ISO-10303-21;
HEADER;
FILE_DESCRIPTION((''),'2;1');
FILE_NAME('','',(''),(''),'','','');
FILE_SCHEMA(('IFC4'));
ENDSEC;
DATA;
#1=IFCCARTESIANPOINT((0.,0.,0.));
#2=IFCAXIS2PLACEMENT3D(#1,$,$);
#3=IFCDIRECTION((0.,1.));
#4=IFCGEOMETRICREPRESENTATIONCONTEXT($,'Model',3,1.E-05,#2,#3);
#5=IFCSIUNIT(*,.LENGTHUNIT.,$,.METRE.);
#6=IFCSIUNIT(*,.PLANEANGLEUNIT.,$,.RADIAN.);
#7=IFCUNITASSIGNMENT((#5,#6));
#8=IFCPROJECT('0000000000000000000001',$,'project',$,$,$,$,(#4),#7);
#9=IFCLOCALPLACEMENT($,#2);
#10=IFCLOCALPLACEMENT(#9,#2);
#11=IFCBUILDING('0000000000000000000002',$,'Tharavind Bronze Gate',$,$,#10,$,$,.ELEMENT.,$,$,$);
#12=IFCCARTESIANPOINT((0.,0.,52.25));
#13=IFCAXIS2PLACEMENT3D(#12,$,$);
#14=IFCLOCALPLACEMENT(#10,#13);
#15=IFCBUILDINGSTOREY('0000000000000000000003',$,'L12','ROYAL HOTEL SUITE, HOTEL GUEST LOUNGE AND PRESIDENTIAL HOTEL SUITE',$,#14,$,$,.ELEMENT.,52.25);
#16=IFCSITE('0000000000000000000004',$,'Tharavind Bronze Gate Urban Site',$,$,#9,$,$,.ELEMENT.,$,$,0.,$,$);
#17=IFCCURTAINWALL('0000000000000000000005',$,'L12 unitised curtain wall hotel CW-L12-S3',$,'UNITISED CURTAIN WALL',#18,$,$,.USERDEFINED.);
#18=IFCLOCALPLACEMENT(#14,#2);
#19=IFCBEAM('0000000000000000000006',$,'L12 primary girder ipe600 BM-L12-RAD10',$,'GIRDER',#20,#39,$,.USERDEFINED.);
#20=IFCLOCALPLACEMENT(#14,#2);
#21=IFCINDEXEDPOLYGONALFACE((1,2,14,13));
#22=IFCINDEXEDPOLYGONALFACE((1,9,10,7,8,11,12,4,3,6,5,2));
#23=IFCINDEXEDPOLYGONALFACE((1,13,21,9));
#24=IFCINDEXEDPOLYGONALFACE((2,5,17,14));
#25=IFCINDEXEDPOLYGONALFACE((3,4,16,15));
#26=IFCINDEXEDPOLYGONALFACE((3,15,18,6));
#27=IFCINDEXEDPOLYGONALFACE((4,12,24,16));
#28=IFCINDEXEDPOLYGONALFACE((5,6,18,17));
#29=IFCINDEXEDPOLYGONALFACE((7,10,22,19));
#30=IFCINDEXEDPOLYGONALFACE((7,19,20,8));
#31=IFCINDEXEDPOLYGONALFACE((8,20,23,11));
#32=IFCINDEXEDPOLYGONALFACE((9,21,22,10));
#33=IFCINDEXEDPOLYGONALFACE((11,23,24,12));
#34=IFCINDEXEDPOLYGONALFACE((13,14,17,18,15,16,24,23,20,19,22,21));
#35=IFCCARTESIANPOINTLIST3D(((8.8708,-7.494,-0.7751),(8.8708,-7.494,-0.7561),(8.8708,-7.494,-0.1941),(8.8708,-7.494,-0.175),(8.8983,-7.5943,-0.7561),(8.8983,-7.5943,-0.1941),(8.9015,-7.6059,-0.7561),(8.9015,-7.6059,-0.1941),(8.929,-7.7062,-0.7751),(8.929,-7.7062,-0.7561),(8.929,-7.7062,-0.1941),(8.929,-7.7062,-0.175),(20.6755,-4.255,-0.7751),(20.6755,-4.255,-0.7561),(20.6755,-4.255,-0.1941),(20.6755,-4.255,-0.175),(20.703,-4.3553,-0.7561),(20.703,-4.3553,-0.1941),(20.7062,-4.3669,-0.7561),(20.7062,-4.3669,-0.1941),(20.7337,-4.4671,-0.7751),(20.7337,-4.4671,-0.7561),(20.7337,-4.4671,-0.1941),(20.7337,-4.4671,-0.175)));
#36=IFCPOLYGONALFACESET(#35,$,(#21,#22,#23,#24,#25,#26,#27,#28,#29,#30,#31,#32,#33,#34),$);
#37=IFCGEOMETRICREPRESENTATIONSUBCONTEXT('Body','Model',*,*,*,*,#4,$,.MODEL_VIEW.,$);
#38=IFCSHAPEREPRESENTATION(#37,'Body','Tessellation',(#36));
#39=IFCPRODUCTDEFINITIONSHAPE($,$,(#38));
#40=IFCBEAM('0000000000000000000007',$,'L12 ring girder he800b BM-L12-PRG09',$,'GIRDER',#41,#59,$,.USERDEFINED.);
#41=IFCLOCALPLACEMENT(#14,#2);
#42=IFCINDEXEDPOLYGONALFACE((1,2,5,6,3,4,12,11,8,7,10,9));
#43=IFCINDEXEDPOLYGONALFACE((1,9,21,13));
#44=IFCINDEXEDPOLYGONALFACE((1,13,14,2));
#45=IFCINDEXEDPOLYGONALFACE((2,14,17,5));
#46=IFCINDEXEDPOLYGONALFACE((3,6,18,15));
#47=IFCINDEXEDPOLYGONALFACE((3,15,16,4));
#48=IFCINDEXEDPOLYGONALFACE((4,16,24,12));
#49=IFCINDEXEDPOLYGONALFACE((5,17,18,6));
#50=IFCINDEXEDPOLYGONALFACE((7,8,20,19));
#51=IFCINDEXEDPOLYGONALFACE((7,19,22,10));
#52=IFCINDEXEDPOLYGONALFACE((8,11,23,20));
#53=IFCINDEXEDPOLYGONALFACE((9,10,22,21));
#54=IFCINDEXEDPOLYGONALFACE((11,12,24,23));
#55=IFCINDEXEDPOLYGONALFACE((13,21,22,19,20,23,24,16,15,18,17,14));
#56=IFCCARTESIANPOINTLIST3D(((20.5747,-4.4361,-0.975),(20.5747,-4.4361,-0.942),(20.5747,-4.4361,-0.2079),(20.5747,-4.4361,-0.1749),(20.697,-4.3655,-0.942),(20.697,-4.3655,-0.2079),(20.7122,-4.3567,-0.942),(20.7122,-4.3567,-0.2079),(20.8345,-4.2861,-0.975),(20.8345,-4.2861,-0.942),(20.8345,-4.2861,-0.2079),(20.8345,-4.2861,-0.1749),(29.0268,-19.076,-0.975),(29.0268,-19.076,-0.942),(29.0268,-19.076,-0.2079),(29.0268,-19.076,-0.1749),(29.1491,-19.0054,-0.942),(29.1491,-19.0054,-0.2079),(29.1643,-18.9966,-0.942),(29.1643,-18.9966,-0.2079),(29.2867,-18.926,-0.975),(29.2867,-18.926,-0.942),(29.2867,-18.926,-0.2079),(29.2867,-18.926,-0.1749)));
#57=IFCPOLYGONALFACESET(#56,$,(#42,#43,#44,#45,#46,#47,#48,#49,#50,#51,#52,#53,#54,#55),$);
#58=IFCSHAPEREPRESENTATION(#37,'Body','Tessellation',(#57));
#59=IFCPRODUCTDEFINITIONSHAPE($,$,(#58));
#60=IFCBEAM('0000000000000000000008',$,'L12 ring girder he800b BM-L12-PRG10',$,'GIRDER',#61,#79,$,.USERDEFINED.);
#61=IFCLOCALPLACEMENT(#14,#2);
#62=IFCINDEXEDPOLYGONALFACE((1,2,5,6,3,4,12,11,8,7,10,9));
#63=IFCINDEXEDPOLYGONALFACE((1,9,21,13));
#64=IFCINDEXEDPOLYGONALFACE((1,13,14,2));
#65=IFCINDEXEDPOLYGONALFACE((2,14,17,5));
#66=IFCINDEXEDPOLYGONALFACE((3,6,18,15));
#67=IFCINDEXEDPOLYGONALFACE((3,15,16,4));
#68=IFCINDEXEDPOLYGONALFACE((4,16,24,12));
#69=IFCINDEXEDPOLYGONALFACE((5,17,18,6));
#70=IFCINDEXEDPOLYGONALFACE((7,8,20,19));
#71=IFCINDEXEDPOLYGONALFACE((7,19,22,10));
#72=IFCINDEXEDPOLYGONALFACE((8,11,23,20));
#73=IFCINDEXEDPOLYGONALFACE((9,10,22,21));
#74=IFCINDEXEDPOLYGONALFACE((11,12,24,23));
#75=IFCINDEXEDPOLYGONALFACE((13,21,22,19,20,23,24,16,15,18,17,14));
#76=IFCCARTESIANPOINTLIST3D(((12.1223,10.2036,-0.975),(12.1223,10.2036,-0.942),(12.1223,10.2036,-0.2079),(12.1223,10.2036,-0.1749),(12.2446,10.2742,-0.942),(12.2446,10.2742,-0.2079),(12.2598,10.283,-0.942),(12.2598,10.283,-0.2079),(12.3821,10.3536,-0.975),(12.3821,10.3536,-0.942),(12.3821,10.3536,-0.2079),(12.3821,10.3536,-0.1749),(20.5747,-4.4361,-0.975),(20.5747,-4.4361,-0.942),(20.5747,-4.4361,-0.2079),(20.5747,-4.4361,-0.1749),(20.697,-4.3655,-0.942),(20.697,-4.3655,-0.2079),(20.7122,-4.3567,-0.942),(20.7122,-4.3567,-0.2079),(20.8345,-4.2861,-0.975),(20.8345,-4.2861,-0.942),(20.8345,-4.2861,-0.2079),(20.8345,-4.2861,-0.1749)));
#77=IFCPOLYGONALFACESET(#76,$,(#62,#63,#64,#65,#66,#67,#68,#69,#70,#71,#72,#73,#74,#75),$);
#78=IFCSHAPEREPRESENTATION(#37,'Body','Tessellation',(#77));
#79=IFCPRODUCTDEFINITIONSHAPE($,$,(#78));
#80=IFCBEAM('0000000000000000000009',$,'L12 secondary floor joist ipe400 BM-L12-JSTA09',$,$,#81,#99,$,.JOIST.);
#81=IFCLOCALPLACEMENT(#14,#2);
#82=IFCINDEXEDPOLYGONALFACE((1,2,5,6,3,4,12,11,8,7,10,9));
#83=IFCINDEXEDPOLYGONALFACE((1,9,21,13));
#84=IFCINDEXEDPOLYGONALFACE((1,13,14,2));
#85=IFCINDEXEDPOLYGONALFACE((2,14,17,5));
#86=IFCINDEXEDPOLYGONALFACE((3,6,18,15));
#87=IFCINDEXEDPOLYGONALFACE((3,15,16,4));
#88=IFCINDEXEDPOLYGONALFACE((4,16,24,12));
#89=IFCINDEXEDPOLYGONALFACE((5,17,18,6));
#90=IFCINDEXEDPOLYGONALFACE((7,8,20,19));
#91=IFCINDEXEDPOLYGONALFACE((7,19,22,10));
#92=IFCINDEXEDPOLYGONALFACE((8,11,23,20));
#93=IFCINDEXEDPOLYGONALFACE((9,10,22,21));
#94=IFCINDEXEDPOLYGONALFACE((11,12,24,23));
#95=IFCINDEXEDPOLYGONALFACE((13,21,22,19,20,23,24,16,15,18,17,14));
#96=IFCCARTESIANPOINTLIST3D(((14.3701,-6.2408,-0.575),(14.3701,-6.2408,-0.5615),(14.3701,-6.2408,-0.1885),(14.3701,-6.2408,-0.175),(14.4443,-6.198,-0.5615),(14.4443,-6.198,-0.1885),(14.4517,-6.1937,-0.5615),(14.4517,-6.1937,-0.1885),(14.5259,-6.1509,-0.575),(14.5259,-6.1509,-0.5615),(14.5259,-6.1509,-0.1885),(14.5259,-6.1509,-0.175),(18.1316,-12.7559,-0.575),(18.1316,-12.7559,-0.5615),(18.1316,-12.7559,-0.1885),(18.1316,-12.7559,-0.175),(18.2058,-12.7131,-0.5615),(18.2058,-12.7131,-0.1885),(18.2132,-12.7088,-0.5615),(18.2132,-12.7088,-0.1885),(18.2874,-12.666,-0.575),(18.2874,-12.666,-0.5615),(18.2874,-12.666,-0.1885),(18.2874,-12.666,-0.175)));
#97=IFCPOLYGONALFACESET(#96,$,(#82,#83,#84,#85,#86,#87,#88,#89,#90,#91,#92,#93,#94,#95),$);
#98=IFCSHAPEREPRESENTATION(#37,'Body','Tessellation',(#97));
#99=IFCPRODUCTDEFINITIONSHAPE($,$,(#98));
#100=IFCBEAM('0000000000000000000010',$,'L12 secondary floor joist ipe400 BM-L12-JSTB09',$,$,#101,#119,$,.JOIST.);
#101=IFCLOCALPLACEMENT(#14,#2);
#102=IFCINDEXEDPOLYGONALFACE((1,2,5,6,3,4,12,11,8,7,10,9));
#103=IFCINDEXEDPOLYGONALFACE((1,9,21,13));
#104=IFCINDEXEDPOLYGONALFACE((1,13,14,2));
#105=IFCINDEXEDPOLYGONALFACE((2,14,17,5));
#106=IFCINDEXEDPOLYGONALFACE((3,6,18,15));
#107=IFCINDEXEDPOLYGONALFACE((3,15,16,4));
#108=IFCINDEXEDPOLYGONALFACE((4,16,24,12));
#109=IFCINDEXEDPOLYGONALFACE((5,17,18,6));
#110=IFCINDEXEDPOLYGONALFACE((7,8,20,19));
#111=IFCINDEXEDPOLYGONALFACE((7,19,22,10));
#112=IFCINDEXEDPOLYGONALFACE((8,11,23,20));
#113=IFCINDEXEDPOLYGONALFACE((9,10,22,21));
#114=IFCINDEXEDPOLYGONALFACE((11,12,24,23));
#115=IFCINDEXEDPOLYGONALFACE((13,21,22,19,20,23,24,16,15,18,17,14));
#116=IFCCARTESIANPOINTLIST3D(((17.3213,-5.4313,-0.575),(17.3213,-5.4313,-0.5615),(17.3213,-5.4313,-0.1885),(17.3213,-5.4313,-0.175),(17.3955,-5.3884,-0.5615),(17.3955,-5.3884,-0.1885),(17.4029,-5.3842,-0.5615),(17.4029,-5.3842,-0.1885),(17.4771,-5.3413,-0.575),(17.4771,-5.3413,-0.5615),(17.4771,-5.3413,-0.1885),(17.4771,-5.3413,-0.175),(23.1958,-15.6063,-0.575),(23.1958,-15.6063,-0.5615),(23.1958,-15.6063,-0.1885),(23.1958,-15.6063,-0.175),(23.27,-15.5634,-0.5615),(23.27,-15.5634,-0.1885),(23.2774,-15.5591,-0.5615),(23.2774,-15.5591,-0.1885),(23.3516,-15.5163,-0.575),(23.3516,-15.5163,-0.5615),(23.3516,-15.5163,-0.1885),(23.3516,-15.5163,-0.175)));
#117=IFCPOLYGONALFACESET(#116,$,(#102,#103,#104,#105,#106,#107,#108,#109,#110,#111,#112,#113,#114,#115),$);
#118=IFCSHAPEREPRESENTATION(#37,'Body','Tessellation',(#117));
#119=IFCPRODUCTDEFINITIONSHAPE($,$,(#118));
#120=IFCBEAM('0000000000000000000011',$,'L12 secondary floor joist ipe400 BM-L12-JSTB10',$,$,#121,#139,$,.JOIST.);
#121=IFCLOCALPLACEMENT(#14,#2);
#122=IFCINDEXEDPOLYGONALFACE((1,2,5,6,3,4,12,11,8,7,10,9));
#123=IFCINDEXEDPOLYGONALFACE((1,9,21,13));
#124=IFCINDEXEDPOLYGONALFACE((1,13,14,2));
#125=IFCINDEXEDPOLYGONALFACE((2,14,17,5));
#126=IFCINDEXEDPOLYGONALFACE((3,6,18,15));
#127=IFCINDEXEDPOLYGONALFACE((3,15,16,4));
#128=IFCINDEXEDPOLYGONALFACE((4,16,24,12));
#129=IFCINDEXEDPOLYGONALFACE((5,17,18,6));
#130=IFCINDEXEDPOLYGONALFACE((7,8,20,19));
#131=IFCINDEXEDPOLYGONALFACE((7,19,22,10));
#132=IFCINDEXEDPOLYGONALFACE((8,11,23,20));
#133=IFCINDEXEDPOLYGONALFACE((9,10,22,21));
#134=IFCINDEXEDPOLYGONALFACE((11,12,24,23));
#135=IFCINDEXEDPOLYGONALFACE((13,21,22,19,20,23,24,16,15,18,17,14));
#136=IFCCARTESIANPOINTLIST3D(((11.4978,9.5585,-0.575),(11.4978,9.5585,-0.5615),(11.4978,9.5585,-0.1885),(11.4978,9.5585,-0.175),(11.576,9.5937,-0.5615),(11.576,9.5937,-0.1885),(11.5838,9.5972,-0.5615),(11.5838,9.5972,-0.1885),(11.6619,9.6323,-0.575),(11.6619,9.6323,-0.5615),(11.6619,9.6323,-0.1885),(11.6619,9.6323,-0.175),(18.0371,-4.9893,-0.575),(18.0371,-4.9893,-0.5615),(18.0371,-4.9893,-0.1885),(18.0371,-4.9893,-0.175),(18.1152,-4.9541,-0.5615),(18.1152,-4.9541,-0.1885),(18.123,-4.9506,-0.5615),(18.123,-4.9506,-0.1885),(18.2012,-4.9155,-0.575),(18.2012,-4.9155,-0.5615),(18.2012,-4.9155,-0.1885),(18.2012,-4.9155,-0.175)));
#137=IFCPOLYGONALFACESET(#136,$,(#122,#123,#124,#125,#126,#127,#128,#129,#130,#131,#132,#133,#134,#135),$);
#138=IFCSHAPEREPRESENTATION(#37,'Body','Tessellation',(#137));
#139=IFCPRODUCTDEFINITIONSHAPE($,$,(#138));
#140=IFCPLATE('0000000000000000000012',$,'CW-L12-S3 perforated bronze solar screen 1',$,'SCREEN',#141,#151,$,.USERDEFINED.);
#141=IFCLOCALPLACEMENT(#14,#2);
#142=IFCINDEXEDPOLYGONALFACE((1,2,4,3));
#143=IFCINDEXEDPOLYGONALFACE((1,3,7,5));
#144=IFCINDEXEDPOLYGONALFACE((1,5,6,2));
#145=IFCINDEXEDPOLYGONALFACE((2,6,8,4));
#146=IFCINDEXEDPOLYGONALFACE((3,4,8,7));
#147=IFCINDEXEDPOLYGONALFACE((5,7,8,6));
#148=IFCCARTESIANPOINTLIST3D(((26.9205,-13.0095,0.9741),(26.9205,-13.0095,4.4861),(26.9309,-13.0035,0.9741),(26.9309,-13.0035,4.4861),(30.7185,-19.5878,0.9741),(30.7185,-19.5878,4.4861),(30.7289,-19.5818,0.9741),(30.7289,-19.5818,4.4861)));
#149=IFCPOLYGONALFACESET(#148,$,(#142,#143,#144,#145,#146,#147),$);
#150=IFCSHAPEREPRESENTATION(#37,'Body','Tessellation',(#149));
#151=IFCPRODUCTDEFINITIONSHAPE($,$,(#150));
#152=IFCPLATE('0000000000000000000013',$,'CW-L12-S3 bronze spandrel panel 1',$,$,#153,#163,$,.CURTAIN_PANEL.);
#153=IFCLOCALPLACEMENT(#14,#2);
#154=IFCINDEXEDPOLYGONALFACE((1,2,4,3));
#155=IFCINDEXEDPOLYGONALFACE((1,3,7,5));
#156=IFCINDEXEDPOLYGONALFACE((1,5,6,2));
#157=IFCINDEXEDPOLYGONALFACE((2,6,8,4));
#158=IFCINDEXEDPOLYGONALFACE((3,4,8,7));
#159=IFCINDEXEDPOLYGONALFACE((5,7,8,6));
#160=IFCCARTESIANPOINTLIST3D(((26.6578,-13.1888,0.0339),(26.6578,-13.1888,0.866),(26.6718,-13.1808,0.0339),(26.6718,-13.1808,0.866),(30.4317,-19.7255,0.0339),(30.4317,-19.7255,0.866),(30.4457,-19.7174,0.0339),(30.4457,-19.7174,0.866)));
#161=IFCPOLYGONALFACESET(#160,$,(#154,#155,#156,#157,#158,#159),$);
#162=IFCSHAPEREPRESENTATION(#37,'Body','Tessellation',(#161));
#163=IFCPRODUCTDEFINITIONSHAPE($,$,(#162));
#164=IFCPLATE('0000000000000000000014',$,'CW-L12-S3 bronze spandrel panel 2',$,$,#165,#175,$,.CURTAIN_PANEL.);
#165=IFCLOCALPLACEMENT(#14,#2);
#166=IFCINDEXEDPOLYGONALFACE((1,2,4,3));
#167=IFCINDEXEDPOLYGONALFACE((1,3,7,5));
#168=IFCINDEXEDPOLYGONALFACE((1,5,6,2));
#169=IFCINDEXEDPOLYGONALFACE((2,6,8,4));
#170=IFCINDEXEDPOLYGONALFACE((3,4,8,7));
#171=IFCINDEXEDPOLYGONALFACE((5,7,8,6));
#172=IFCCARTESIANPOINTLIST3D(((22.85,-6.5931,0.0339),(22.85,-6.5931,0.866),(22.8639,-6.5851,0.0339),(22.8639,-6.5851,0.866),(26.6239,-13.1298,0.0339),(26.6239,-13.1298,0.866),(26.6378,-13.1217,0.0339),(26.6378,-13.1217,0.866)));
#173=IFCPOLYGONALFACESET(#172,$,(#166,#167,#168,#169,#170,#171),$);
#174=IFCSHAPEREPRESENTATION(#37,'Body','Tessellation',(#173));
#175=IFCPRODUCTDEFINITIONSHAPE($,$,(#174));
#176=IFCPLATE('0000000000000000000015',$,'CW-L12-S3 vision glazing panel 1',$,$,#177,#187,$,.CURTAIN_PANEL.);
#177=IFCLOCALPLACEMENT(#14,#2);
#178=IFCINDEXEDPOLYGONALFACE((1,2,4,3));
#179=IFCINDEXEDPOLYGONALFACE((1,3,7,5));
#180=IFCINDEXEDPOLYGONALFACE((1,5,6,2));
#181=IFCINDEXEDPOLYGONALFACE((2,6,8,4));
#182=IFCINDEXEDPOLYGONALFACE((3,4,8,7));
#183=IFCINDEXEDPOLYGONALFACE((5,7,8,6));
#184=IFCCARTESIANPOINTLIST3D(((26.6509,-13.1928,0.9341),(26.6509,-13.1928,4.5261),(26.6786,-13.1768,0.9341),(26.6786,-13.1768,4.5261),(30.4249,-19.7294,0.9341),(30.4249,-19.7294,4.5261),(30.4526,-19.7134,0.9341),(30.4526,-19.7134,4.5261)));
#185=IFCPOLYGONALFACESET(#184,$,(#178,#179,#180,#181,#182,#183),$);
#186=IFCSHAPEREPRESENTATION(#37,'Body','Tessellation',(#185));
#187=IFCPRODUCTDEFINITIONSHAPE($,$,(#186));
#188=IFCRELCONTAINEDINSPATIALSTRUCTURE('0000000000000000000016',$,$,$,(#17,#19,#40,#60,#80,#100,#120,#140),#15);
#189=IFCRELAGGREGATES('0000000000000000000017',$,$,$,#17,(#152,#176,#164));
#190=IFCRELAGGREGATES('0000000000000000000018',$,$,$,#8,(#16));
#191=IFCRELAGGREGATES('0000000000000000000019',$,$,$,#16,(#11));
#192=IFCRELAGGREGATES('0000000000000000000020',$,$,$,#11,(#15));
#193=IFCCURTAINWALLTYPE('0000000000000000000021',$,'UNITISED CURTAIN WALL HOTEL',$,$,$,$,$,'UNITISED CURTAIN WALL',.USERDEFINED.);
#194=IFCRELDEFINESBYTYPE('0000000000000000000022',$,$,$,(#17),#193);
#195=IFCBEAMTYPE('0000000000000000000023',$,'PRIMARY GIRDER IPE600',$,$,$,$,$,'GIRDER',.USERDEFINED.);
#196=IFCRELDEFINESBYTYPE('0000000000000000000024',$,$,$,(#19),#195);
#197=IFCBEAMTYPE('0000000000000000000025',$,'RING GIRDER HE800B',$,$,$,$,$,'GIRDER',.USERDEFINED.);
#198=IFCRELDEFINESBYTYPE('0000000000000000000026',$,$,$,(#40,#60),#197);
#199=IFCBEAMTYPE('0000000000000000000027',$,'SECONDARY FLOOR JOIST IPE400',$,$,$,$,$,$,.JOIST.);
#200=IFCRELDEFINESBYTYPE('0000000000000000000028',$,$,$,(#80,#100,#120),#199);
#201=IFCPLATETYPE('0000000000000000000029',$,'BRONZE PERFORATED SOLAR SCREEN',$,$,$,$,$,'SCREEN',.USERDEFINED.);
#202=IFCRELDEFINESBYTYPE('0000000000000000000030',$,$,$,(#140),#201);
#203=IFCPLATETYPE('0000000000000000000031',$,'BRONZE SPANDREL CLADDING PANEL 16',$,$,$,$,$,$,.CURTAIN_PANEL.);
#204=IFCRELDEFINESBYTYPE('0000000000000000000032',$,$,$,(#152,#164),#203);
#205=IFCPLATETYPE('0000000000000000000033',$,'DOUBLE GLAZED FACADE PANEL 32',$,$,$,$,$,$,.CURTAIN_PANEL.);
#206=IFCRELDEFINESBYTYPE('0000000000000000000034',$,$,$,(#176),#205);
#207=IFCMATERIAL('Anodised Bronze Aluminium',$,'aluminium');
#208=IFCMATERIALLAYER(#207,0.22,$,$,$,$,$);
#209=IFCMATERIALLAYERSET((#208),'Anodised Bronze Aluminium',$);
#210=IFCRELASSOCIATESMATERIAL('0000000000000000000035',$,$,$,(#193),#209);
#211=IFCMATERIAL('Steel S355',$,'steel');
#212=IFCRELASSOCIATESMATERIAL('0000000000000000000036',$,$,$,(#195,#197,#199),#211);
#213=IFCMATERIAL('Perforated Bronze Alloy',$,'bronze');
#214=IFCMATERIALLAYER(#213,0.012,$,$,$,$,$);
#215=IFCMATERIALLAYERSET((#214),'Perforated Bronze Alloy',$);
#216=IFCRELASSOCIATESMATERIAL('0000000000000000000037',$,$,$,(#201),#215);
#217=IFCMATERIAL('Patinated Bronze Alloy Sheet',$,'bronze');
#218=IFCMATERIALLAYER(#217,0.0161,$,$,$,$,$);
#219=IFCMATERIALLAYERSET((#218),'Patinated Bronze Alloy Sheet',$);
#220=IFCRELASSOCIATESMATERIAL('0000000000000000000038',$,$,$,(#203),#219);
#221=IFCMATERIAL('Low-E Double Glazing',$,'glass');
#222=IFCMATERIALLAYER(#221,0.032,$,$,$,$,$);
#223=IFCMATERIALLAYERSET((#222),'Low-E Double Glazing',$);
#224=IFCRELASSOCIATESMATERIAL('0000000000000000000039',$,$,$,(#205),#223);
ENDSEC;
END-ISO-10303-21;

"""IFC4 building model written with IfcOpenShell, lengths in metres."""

from ifc_helpers import new_model, si_unit, direction, frame, origin, origin_2d, place, context, subcontext, project, spatial, rectangle, i_section, extrude, material, layer, layer_set, material_profile, profile_set, type_object, element, aggregate, save


model = new_model("IFC4")

# Units and contexts
model_context = context("Model", 3, precision=1e-05, world=origin(), true_north=direction((0.0, 1.0)))
body_context = subcontext(model_context, "Body", "Model", "MODEL_VIEW")
ifc_project = project(units=[si_unit("LENGTHUNIT", "METRE"), si_unit("PLANEANGLEUNIT", "RADIAN")], contexts=[model_context])

# Site, building, storey
site_placement = place(None, origin())
site = spatial("IfcSite", under=ifc_project, at=site_placement, Name="Tharavind Bronze Gate Urban Site", CompositionType="ELEMENT", RefElevation=0.0)
building_placement = place(site_placement, origin())
building = spatial("IfcBuilding", under=site, at=building_placement, Name="Tharavind Bronze Gate", CompositionType="ELEMENT")
storey_placement = place(building_placement, frame((0.0, 0.0, 52.25)))
storey = spatial("IfcBuildingStorey", under=building, at=storey_placement, Name="L12", Description="ROYAL HOTEL SUITE, HOTEL GUEST LOUNGE AND PRESIDENTIAL HOTEL SUITE", CompositionType="ELEMENT", Elevation=52.25)

# Curtain wall
ifc_material_1 = material(Name="Anodised Bronze Aluminium", Category="aluminium")
ifc_layer_1 = layer(ifc_material_1, 0.22)
ifc_layer_set_1 = layer_set([ifc_layer_1], Name="Anodised Bronze Aluminium")
curtain_wall_type = type_object("IfcCurtainWallType", Name="UNITISED CURTAIN WALL HOTEL", ElementType="UNITISED CURTAIN WALL", PredefinedType="USERDEFINED", material=ifc_layer_set_1)
curtain_wall_placement = place(storey_placement, origin())
curtain_wall = element("IfcCurtainWall", 1, at=curtain_wall_placement, inside=storey, type_object=curtain_wall_type, Name="L12 unitised curtain wall hotel CW-L12-S3", ObjectType="UNITISED CURTAIN WALL", PredefinedType="USERDEFINED")

# Beams
ifc_material_2 = material(Name="Steel S355", Category="steel")
ifc_material_profile_1 = material_profile(ifc_material_2, i_section(OverallWidth=0.22, OverallDepth=0.6001, WebThickness=0.012, FlangeThickness=0.019, at=origin_2d()), Name="IPE600")
ifc_profile_set_1 = profile_set([ifc_material_profile_1], Name="Steel S355")
beam_type_1 = type_object("IfcBeamType", Name="PRIMARY GIRDER IPE600", ElementType="GIRDER", PredefinedType="USERDEFINED", material=ifc_profile_set_1)
beam_1_placement = place(storey_placement, frame((20.7046, -4.3611, -0.4751), z_axis=(-0.964357, -0.264604, 0.0), x_axis=(0.264604, -0.964357, 0.0)))
element("IfcBeam", 2, at=beam_1_placement, inside=storey, type_object=beam_type_1, Name="L12 primary girder ipe600 BM-L12-RAD10", ObjectType="GIRDER", PredefinedType="USERDEFINED", context=body_context, shape_type="SweptSolid", body=[
    extrude(i_section(OverallWidth=0.22, OverallDepth=0.6001, WebThickness=0.012, FlangeThickness=0.019, at=origin_2d()), origin(), (0.0, 0.0, 1.0), 12.241),
])
ifc_material_profile_2 = material_profile(ifc_material_2, i_section(OverallWidth=0.3, OverallDepth=0.8, WebThickness=0.0176, FlangeThickness=0.033, at=origin_2d()), Name="HE800B")
ifc_profile_set_2 = profile_set([ifc_material_profile_2], Name="Steel S355")
beam_type_2 = type_object("IfcBeamType", Name="RING GIRDER HE800B", ElementType="GIRDER", PredefinedType="USERDEFINED", material=ifc_profile_set_2)
for number, where, z_axis, x_axis, name in (
    (3, (29.1567, -19.001, -0.575), (-0.499991, 0.86603, 0.0), (-0.86603, -0.499991, 0.0), "L12 ring girder he800b BM-L12-PRG09"),
    (4, (20.7046, -4.3611, -0.575), (-0.500008, 0.866021, 0.0), (-0.866021, -0.500008, 0.0), "L12 ring girder he800b BM-L12-PRG10"),
):
    element("IfcBeam", number, at=place(storey_placement, frame(where, z_axis=z_axis, x_axis=x_axis)), inside=storey, type_object=beam_type_2, Name=name, ObjectType="GIRDER", PredefinedType="USERDEFINED", context=body_context, shape_type="SweptSolid", body=[
        extrude(i_section(OverallWidth=0.3, OverallDepth=0.8, WebThickness=0.0176, FlangeThickness=0.033, at=origin_2d()), origin(), (0.0, 0.0, 1.0), 16.9045),
    ])
ifc_material_profile_3 = material_profile(ifc_material_2, i_section(OverallWidth=0.1799, OverallDepth=0.3999, WebThickness=0.0085, FlangeThickness=0.0134, at=origin_2d()), Name="IPE400")
ifc_profile_set_3 = profile_set([ifc_material_profile_3], Name="Steel S355")
beam_type_3 = type_object("IfcBeamType", Name="SECONDARY FLOOR JOIST IPE400", PredefinedType="JOIST", material=ifc_profile_set_3)
beam_2_placement = place(storey_placement, frame((18.2095, -12.7109, -0.375), z_axis=(-0.499996, 0.866028, 0.0), x_axis=(-0.866028, -0.499996, 0.0)))
element("IfcBeam", 5, at=beam_2_placement, inside=storey, type_object=beam_type_3, Name="L12 secondary floor joist ipe400 BM-L12-JSTA09", PredefinedType="JOIST", context=body_context, shape_type="SweptSolid", body=[
    extrude(i_section(OverallWidth=0.1799, OverallDepth=0.3999, WebThickness=0.0085, FlangeThickness=0.0134, at=origin_2d()), origin(), (0.0, 0.0, 1.0), 7.5229),
])
beam_3_placement = place(storey_placement, frame((23.2737, -15.5613, -0.375), z_axis=(-0.499996, 0.866027, 0.0), x_axis=(-0.866027, -0.499996, 0.0)))
element("IfcBeam", 6, at=beam_3_placement, inside=storey, type_object=beam_type_3, Name="L12 secondary floor joist ipe400 BM-L12-JSTB09", PredefinedType="JOIST", context=body_context, shape_type="SweptSolid", body=[
    extrude(i_section(OverallWidth=0.1799, OverallDepth=0.3999, WebThickness=0.0085, FlangeThickness=0.0134, at=origin_2d()), origin(), (0.0, 0.0, 1.0), 11.749),
])
beam_4_placement = place(storey_placement, frame((18.1191, -4.9524, -0.375), z_axis=(-0.409988, 0.912091, 0.0), x_axis=(-0.912091, -0.409988, 0.0)))
element("IfcBeam", 7, at=beam_4_placement, inside=storey, type_object=beam_type_3, Name="L12 secondary floor joist ipe400 BM-L12-JSTB10", PredefinedType="JOIST", context=body_context, shape_type="SweptSolid", body=[
    extrude(i_section(OverallWidth=0.1799, OverallDepth=0.3999, WebThickness=0.0085, FlangeThickness=0.0134, at=origin_2d()), origin(), (0.0, 0.0, 1.0), 15.95),
])

# Plates
ifc_material_3 = material(Name="Perforated Bronze Alloy", Category="bronze")
ifc_layer_2 = layer(ifc_material_3, 0.012)
ifc_layer_set_2 = layer_set([ifc_layer_2], Name="Perforated Bronze Alloy")
plate_type_1 = type_object("IfcPlateType", Name="BRONZE PERFORATED SOLAR SCREEN", ElementType="SCREEN", PredefinedType="USERDEFINED", material=ifc_layer_set_2)
plate_1_placement = place(storey_placement, frame((28.8247, -16.2957, 0.9741), z_axis=(0.0, 0.0, 1.0), x_axis=(-0.500002, 0.866025, 0.0)))
element("IfcPlate", 8, at=plate_1_placement, inside=storey, type_object=plate_type_1, Name="CW-L12-S3 perforated bronze solar screen 1", ObjectType="SCREEN", PredefinedType="USERDEFINED", context=body_context, shape_type="SweptSolid", body=[
    extrude(rectangle(XDim=7.5959, YDim=0.012, at=origin_2d()), origin(), (0.0, 0.0, 1.0), 3.512),
])
ifc_material_4 = material(Name="Patinated Bronze Alloy Sheet", Category="bronze")
ifc_layer_3 = layer(ifc_material_4, 0.0161)
ifc_layer_set_3 = layer_set([ifc_layer_3], Name="Patinated Bronze Alloy Sheet")
plate_type_2 = type_object("IfcPlateType", Name="BRONZE SPANDREL CLADDING PANEL 16", PredefinedType="CURTAIN_PANEL", material=ifc_layer_set_3)
plate_2_placement = place(storey_placement, frame((28.5518, -16.4531, 0.0339), z_axis=(0.0, 0.0, 1.0), x_axis=(-0.500002, 0.866025, 0.0)))
plate_2 = element("IfcPlate", 9, at=plate_2_placement, type_object=plate_type_2, Name="CW-L12-S3 bronze spandrel panel 1", PredefinedType="CURTAIN_PANEL", context=body_context, shape_type="SweptSolid", body=[
    extrude(rectangle(XDim=7.5479, YDim=0.0161, at=origin_2d()), origin(), (0.0, 0.0, 1.0), 0.832),
])
plate_3_placement = place(storey_placement, frame((24.7439, -9.8574, 0.0339), z_axis=(0.0, 0.0, 1.0), x_axis=(-0.500002, 0.866025, 0.0)))
plate_3 = element("IfcPlate", 10, at=plate_3_placement, type_object=plate_type_2, Name="CW-L12-S3 bronze spandrel panel 2", PredefinedType="CURTAIN_PANEL", context=body_context, shape_type="SweptSolid", body=[
    extrude(rectangle(XDim=7.5479, YDim=0.0161, at=origin_2d()), origin(), (0.0, 0.0, 1.0), 0.832),
])
ifc_material_5 = material(Name="Low-E Double Glazing", Category="glass")
ifc_layer_4 = layer(ifc_material_5, 0.032)
ifc_layer_set_4 = layer_set([ifc_layer_4], Name="Low-E Double Glazing")
plate_type_3 = type_object("IfcPlateType", Name="DOUBLE GLAZED FACADE PANEL 32", PredefinedType="CURTAIN_PANEL", material=ifc_layer_set_4)
plate_4_placement = place(storey_placement, frame((28.5518, -16.4531, 0.9341), z_axis=(0.0, 0.0, 1.0), x_axis=(-0.500002, 0.866025, 0.0)))
plate_4 = element("IfcPlate", 11, at=plate_4_placement, type_object=plate_type_3, Name="CW-L12-S3 vision glazing panel 1", PredefinedType="CURTAIN_PANEL", context=body_context, shape_type="SweptSolid", body=[
    extrude(rectangle(XDim=7.5479, YDim=0.032, at=origin_2d()), origin(), (0.0, 0.0, 1.0), 3.592),
])
aggregate(curtain_wall, [plate_2, plate_4, plate_3])

save(model, "model.ifc")
